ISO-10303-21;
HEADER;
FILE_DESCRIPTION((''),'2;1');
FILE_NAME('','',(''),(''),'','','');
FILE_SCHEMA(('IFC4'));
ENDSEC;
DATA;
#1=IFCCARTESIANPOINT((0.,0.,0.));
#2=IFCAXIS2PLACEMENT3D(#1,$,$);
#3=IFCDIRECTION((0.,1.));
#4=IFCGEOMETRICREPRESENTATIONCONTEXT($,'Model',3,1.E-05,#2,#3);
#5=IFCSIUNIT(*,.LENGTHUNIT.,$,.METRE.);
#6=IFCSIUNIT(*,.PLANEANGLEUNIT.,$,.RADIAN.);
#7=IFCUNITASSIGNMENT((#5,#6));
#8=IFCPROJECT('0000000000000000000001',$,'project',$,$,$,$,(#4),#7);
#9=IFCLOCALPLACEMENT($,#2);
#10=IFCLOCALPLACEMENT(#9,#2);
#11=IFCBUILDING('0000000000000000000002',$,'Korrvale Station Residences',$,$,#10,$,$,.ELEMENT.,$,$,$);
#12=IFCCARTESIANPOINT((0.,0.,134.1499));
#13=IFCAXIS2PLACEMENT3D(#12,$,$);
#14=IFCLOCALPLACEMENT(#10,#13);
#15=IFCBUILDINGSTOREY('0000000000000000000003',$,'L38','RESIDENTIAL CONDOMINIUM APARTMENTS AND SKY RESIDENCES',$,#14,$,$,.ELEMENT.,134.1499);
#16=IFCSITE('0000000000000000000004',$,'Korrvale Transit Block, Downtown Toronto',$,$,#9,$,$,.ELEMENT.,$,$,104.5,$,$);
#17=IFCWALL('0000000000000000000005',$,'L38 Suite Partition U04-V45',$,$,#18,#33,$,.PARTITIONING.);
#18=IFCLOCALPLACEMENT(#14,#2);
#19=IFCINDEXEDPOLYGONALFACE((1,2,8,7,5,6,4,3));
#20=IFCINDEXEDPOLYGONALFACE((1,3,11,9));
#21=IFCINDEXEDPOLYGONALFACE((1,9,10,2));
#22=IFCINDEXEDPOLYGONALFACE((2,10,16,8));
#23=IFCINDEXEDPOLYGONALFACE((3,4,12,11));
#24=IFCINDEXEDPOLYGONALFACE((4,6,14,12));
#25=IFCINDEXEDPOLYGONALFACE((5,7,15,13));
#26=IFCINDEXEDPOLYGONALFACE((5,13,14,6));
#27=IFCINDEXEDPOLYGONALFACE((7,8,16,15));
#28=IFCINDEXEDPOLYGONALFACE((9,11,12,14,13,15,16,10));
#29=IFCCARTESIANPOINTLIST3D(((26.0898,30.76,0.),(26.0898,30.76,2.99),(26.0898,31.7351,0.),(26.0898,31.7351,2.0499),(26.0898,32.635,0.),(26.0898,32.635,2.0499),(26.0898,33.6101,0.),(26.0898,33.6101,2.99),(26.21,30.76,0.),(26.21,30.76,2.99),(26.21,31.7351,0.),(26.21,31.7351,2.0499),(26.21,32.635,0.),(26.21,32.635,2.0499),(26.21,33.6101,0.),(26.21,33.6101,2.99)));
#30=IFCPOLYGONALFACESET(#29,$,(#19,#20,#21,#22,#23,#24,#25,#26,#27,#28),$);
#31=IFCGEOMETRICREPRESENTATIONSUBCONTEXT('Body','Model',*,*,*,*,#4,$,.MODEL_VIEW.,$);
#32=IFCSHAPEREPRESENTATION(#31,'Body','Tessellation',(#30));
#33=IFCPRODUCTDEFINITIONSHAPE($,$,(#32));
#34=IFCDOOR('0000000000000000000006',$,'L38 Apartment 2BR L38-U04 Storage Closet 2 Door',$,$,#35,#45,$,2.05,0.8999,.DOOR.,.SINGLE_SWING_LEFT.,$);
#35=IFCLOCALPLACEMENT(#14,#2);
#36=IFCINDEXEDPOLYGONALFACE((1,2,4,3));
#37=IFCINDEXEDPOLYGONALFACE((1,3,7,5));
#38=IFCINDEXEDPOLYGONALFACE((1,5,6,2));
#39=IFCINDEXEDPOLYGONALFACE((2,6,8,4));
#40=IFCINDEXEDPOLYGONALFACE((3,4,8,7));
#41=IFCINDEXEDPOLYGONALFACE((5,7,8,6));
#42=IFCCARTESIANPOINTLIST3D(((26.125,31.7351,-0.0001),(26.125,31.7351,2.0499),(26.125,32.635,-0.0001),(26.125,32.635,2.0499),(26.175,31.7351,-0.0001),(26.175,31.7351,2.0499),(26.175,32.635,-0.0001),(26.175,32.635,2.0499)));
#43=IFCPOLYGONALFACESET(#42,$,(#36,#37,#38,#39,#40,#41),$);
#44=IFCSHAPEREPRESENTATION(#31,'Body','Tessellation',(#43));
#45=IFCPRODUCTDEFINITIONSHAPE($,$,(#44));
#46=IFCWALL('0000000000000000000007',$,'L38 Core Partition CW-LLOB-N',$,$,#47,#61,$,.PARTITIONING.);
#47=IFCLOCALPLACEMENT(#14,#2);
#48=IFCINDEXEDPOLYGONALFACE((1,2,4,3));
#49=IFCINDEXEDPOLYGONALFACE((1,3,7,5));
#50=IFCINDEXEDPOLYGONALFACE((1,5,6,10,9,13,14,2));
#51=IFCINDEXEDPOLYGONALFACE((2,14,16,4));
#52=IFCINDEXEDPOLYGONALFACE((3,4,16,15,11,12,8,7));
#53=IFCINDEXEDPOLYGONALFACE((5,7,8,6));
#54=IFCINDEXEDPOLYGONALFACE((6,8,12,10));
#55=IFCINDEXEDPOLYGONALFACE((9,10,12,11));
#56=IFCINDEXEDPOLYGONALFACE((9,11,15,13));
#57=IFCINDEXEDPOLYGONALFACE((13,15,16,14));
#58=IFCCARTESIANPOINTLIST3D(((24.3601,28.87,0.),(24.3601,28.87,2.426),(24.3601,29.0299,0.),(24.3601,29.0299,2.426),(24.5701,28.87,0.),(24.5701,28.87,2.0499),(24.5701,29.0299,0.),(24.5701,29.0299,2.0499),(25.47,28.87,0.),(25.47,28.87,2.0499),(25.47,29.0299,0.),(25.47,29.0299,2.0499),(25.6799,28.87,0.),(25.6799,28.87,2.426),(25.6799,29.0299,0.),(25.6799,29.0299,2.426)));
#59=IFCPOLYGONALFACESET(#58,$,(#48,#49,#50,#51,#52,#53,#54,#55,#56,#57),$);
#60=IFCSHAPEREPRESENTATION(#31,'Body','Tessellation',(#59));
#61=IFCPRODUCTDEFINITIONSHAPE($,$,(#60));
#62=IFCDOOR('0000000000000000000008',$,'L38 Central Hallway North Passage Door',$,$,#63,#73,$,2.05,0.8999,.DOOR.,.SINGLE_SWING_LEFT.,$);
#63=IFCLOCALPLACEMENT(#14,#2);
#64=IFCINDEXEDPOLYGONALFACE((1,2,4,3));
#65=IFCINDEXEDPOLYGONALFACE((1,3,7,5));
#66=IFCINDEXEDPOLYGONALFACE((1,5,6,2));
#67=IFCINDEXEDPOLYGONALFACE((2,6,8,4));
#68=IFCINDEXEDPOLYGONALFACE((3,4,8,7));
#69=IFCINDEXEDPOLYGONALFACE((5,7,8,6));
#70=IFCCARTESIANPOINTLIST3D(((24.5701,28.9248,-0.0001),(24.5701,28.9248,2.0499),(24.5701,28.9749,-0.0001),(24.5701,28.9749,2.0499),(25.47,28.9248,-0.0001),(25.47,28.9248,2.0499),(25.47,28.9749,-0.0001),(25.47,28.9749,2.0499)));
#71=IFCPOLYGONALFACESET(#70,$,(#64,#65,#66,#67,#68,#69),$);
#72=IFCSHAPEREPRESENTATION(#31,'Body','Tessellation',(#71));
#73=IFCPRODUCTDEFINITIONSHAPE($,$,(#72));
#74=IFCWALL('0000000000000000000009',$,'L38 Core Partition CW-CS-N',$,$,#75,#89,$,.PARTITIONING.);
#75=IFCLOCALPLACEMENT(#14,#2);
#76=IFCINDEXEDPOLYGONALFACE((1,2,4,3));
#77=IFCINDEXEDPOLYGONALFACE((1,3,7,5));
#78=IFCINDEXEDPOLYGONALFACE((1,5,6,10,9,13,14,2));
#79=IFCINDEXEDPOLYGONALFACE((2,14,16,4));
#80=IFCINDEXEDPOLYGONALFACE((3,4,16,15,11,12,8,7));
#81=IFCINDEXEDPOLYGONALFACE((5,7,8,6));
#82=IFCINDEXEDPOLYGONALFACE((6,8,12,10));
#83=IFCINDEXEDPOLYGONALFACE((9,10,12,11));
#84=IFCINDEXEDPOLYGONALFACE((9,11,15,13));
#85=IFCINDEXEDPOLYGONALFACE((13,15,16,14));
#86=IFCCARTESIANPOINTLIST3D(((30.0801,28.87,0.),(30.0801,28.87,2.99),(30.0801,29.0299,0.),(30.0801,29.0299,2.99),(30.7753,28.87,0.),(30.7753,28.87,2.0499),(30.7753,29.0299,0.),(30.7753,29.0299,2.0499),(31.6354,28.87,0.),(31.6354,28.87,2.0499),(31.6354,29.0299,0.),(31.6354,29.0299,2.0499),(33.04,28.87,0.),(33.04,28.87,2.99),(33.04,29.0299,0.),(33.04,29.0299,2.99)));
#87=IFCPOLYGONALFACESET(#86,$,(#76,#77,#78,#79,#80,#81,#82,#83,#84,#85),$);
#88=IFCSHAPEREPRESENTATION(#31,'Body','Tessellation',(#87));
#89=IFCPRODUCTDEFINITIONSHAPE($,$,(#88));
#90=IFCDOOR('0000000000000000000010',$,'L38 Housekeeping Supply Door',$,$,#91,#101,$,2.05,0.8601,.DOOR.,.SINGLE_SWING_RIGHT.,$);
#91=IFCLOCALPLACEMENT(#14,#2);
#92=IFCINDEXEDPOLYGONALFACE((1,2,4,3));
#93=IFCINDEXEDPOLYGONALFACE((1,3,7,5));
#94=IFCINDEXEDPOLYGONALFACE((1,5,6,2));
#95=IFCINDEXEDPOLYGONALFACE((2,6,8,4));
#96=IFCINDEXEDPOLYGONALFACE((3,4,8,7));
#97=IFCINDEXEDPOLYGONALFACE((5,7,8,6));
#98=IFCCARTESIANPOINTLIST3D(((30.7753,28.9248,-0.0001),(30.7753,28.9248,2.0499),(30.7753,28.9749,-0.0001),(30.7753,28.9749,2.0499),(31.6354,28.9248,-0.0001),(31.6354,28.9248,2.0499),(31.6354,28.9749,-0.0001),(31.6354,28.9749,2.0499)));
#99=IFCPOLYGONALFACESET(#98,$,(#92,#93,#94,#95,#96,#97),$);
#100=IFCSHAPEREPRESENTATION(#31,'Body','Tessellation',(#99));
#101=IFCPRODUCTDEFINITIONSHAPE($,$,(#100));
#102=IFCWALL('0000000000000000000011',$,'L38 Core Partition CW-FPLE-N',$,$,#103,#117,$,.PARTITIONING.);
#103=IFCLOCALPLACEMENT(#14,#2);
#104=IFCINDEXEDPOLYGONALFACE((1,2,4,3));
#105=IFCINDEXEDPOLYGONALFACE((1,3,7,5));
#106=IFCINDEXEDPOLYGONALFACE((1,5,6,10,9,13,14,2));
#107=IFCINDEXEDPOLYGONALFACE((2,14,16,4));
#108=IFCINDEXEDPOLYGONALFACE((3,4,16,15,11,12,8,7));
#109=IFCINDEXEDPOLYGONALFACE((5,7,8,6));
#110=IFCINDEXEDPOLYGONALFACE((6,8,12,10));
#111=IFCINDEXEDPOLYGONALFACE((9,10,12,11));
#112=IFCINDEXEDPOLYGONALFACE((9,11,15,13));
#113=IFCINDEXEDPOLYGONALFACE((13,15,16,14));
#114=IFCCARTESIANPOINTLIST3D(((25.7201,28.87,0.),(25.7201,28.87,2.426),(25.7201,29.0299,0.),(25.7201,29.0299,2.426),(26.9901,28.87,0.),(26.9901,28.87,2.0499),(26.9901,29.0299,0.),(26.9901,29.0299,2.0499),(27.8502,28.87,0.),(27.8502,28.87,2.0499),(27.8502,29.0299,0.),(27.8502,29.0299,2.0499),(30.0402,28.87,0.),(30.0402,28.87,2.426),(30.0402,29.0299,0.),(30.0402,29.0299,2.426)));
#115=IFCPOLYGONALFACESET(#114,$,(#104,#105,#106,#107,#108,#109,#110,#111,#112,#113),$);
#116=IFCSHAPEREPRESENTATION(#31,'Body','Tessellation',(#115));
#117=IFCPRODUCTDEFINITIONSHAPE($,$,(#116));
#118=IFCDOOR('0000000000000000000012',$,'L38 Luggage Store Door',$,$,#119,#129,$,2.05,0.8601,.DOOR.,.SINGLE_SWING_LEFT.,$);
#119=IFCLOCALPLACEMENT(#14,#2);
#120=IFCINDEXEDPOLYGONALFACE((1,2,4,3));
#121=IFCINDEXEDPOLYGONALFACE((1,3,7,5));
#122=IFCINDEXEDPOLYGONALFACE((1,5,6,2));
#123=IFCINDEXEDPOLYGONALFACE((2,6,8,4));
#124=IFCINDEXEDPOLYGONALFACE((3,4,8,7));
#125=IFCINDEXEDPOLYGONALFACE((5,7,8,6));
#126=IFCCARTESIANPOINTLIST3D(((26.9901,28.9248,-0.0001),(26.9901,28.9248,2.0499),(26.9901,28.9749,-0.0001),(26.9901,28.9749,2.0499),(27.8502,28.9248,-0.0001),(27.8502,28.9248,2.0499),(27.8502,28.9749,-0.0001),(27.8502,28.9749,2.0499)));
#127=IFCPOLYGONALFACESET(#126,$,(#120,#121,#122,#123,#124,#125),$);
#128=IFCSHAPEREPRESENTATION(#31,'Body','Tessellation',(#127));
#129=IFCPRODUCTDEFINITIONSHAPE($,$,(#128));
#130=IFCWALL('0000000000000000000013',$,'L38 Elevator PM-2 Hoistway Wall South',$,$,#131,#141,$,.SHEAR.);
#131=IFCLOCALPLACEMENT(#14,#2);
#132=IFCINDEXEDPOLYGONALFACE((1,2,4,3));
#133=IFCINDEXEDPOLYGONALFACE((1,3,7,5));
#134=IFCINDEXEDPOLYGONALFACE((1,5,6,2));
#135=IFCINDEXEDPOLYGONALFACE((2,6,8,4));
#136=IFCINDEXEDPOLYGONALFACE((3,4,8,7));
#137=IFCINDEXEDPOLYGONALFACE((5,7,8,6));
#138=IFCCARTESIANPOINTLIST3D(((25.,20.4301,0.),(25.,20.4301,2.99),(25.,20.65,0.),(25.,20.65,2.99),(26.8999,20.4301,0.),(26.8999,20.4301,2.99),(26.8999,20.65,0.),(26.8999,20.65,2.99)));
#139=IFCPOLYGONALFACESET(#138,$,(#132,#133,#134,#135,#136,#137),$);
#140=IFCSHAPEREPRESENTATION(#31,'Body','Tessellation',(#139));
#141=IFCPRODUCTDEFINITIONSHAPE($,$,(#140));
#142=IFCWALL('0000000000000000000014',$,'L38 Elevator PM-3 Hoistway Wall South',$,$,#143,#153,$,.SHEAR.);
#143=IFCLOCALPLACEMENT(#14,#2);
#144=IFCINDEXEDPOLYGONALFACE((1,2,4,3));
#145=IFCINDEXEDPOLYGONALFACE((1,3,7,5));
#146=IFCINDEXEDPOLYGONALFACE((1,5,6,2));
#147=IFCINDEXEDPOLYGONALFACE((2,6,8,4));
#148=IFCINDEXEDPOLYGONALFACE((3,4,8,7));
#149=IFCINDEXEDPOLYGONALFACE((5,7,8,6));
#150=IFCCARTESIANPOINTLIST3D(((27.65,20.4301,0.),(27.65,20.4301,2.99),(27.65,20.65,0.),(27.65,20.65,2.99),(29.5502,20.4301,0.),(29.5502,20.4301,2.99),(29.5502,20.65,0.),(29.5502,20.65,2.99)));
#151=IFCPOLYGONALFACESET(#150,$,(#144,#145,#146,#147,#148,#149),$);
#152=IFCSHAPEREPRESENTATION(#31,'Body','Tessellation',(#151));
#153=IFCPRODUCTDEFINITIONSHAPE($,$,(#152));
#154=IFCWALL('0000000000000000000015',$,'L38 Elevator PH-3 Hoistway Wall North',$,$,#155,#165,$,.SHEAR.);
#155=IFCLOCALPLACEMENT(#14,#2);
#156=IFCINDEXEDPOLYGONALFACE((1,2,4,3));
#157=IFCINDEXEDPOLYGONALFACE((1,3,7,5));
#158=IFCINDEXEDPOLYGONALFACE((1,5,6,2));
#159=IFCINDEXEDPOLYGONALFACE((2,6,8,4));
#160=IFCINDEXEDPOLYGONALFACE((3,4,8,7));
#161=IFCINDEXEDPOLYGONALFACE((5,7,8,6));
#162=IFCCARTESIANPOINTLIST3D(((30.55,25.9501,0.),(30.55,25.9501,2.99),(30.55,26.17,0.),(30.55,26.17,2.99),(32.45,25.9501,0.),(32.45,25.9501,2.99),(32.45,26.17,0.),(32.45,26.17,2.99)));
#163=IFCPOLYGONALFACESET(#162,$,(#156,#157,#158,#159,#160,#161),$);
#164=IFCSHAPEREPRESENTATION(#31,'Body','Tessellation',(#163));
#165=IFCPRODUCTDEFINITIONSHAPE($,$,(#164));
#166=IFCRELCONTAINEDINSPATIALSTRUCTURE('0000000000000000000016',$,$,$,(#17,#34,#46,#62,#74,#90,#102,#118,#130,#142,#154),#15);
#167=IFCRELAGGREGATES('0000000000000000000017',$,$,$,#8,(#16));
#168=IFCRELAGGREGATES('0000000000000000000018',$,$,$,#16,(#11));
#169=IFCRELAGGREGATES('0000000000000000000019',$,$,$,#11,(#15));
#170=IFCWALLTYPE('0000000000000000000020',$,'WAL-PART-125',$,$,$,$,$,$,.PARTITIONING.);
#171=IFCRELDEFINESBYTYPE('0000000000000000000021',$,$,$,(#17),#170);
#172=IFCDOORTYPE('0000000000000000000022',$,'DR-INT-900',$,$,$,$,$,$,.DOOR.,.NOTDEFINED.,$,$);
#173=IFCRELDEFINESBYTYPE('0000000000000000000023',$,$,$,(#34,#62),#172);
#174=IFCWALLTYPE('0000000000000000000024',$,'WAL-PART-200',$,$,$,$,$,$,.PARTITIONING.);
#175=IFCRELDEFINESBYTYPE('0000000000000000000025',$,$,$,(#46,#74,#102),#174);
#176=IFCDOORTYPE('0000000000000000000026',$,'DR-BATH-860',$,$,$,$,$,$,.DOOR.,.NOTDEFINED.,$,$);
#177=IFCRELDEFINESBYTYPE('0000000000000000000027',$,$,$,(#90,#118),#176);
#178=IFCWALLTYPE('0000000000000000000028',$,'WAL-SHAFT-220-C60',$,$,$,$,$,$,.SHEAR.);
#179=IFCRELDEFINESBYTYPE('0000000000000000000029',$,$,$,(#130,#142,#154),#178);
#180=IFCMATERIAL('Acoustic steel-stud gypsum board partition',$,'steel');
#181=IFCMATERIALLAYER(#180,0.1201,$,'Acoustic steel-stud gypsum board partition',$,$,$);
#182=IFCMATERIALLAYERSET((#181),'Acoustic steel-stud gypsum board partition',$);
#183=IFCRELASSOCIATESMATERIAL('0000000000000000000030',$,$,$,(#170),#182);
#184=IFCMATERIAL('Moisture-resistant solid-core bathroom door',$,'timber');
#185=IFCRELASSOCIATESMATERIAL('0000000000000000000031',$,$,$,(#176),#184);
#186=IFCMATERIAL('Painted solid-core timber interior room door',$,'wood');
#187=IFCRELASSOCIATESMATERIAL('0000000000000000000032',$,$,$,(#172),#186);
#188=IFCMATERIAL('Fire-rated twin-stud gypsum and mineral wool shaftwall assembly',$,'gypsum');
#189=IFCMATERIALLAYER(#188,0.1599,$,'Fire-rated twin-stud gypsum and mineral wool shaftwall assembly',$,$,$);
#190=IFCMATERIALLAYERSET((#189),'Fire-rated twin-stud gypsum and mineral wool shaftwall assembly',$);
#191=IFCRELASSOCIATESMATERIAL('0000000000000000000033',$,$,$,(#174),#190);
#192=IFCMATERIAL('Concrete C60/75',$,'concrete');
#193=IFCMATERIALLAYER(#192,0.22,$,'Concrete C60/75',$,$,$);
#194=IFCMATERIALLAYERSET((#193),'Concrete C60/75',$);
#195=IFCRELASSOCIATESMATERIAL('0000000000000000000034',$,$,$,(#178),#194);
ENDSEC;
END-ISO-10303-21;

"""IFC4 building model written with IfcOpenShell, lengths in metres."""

from ifc_helpers import new_model, si_unit, direction, frame, frame_2d, origin, place, context, subcontext, project, spatial, rectangle, extrude, material, layer, layer_set, type_object, element, fill, save


model = new_model("IFC4")

# Units and contexts
model_context = context("Model", 3, precision=1e-05, world=origin(), true_north=direction((0.0, 1.0)))
body_context = subcontext(model_context, "Body", "Model", "MODEL_VIEW")
ifc_project = project(units=[si_unit("LENGTHUNIT", "METRE"), si_unit("PLANEANGLEUNIT", "RADIAN")], contexts=[model_context])

# Site, building, storey
site_placement = place(None, origin())
site = spatial("IfcSite", under=ifc_project, at=site_placement, Name="Korrvale Transit Block, Downtown Toronto", CompositionType="ELEMENT", RefElevation=104.5)
building_placement = place(site_placement, origin())
building = spatial("IfcBuilding", under=site, at=building_placement, Name="Korrvale Station Residences", CompositionType="ELEMENT")
storey_placement = place(building_placement, frame((0.0, 0.0, 134.1499)))
storey = spatial("IfcBuildingStorey", under=building, at=storey_placement, Name="L38", Description="RESIDENTIAL CONDOMINIUM APARTMENTS AND SKY RESIDENCES", CompositionType="ELEMENT", Elevation=134.1499)

# Shared definitions
ifc_material_1 = material(Name="Concrete C60/75", Category="concrete")

# Shared definitions
ifc_material_2 = material(Name="Acoustic steel-stud gypsum board partition", Category="steel")
ifc_layer_1 = layer(ifc_material_2, 0.1201, Name="Acoustic steel-stud gypsum board partition")
ifc_layer_set_1 = layer_set([ifc_layer_1], Name="Acoustic steel-stud gypsum board partition")
wall_type_1 = type_object("IfcWallType", Name="WAL-PART-125", PredefinedType="PARTITIONING", material=ifc_layer_set_1)

# Shared definitions
ifc_material_3 = material(Name="Moisture-resistant solid-core bathroom door", Category="timber")
door_type_1 = type_object("IfcDoorType", Name="DR-BATH-860", OperationType="NOTDEFINED", PredefinedType="DOOR", material=ifc_material_3)

# Walls, openings, doors
ifc_material_4 = material(Name="Painted solid-core timber interior room door", Category="wood")
door_type_2 = type_object("IfcDoorType", Name="DR-INT-900", OperationType="NOTDEFINED", PredefinedType="DOOR", material=ifc_material_4)
wall_1_placement = place(storey_placement, frame((26.1499, 30.76, 0.0), z_axis=(0.0, 0.0, 1.0), x_axis=(0.0, 1.0, 0.0)))
wall_1 = element("IfcWall", 1, at=wall_1_placement, inside=storey, type_object=wall_type_1, Name="L38 Suite Partition U04-V45", PredefinedType="PARTITIONING", context=body_context, shape_type="SweptSolid", body=[
    extrude(rectangle(XDim=2.8501, YDim=0.1201, at=frame_2d((1.425, 0.0))), origin(), (0.0, 0.0, 1.0), 2.99),
])
opening_1_placement = place(wall_1_placement, frame((0.9751, 0.0, 0.0)))
opening_1 = element("IfcOpeningElement", 2, at=opening_1_placement, cuts=wall_1, PredefinedType="OPENING", context=body_context, shape_type="SweptSolid", body=[
    extrude(rectangle(XDim=0.8999, YDim=2.05, at=frame_2d((0.45, 1.0249))), frame((0.0, 0.0701, 0.0), z_axis=(0.0, -1.0, 0.0), x_axis=(1.0, 0.0, 0.0)), (0.0, 0.0, 1.0), 0.1401),
])
door_1_placement = place(opening_1_placement, origin())
door_1 = element("IfcDoor", 3, at=door_1_placement, inside=storey, type_object=door_type_2, Name="L38 Apartment 2BR L38-U04 Storage Closet 2 Door", OperationType="SINGLE_SWING_LEFT", OverallHeight=2.05, OverallWidth=0.8999, PredefinedType="DOOR", context=body_context, shape_type="SweptSolid", body=[
    extrude(rectangle(XDim=0.8999, YDim=2.05, at=frame_2d((0.45, 1.0249))), frame((0.0, 0.0249, 0.0), z_axis=(0.0, -1.0, 0.0), x_axis=(1.0, 0.0, 0.0)), (0.0, 0.0, 1.0), 0.05),
])
fill(opening_1, door_1)
ifc_material_5 = material(Name="Fire-rated twin-stud gypsum and mineral wool shaftwall assembly", Category="gypsum")
ifc_layer_2 = layer(ifc_material_5, 0.1599, Name="Fire-rated twin-stud gypsum and mineral wool shaftwall assembly")
ifc_layer_set_2 = layer_set([ifc_layer_2], Name="Fire-rated twin-stud gypsum and mineral wool shaftwall assembly")
wall_type_2 = type_object("IfcWallType", Name="WAL-PART-200", PredefinedType="PARTITIONING", material=ifc_layer_set_2)
wall_2_placement = place(storey_placement, frame((24.3601, 28.95, 0.0), z_axis=(0.0, 0.0, 1.0), x_axis=(1.0, 0.0, 0.0)))
wall_2 = element("IfcWall", 4, at=wall_2_placement, inside=storey, type_object=wall_type_2, Name="L38 Core Partition CW-LLOB-N", PredefinedType="PARTITIONING", context=body_context, shape_type="SweptSolid", body=[
    extrude(rectangle(XDim=1.3198, YDim=0.1599, at=frame_2d((0.6599, 0.0))), origin(), (0.0, 0.0, 1.0), 2.426),
])
opening_2_placement = place(wall_2_placement, frame((0.21, 0.0, 0.0)))
opening_2 = element("IfcOpeningElement", 5, at=opening_2_placement, cuts=wall_2, PredefinedType="OPENING", context=body_context, shape_type="SweptSolid", body=[
    extrude(rectangle(XDim=0.8999, YDim=2.05, at=frame_2d((0.45, 1.0249))), frame((0.0, 0.0898, 0.0), z_axis=(0.0, -1.0, 0.0), x_axis=(1.0, 0.0, 0.0)), (0.0, 0.0, 1.0), 0.1799),
])
door_2_placement = place(opening_2_placement, origin())
door_2 = element("IfcDoor", 6, at=door_2_placement, inside=storey, type_object=door_type_2, Name="L38 Central Hallway North Passage Door", OperationType="SINGLE_SWING_LEFT", OverallHeight=2.05, OverallWidth=0.8999, PredefinedType="DOOR", context=body_context, shape_type="SweptSolid", body=[
    extrude(rectangle(XDim=0.8999, YDim=2.05, at=frame_2d((0.45, 1.0249))), frame((0.0, 0.0249, 0.0), z_axis=(0.0, -1.0, 0.0), x_axis=(1.0, 0.0, 0.0)), (0.0, 0.0, 1.0), 0.05),
])
fill(opening_2, door_2)
wall_3_placement = place(storey_placement, frame((30.0801, 28.95, 0.0), z_axis=(0.0, 0.0, 1.0), x_axis=(1.0, 0.0, 0.0)))
wall_3 = element("IfcWall", 7, at=wall_3_placement, inside=storey, type_object=wall_type_2, Name="L38 Core Partition CW-CS-N", PredefinedType="PARTITIONING", context=body_context, shape_type="SweptSolid", body=[
    extrude(rectangle(XDim=2.96, YDim=0.1599, at=frame_2d((1.48, 0.0))), origin(), (0.0, 0.0, 1.0), 2.99),
])
opening_3_placement = place(wall_3_placement, frame((0.6951, 0.0, 0.0)))
opening_3 = element("IfcOpeningElement", 8, at=opening_3_placement, cuts=wall_3, PredefinedType="OPENING", context=body_context, shape_type="SweptSolid", body=[
    extrude(rectangle(XDim=0.8601, YDim=2.05, at=frame_2d((0.4302, 1.0249))), frame((0.0, 0.0898, 0.0), z_axis=(0.0, -1.0, 0.0), x_axis=(1.0, 0.0, 0.0)), (0.0, 0.0, 1.0), 0.1799),
])
door_3_placement = place(opening_3_placement, origin())
door_3 = element("IfcDoor", 9, at=door_3_placement, inside=storey, type_object=door_type_1, Name="L38 Housekeeping Supply Door", OperationType="SINGLE_SWING_RIGHT", OverallHeight=2.05, OverallWidth=0.8601, PredefinedType="DOOR", context=body_context, shape_type="SweptSolid", body=[
    extrude(rectangle(XDim=0.8601, YDim=2.05, at=frame_2d((0.4302, 1.0249))), frame((0.0, 0.0249, 0.0), z_axis=(0.0, -1.0, 0.0), x_axis=(1.0, 0.0, 0.0)), (0.0, 0.0, 1.0), 0.05),
])
fill(opening_3, door_3)
wall_4_placement = place(storey_placement, frame((25.72, 28.95, 0.0), z_axis=(0.0, 0.0, 1.0), x_axis=(1.0, 0.0, 0.0)))
wall_4 = element("IfcWall", 10, at=wall_4_placement, inside=storey, type_object=wall_type_2, Name="L38 Core Partition CW-FPLE-N", PredefinedType="PARTITIONING", context=body_context, shape_type="SweptSolid", body=[
    extrude(rectangle(XDim=4.3201, YDim=0.1599, at=frame_2d((2.1602, 0.0))), origin(), (0.0, 0.0, 1.0), 2.426),
])
opening_4_placement = place(wall_4_placement, frame((1.27, 0.0, 0.0)))
opening_4 = element("IfcOpeningElement", 11, at=opening_4_placement, cuts=wall_4, PredefinedType="OPENING", context=body_context, shape_type="SweptSolid", body=[
    extrude(rectangle(XDim=0.8601, YDim=2.05, at=frame_2d((0.4302, 1.0249))), frame((0.0, 0.0898, 0.0), z_axis=(0.0, -1.0, 0.0), x_axis=(1.0, 0.0, 0.0)), (0.0, 0.0, 1.0), 0.1799),
])
door_4_placement = place(opening_4_placement, origin())
door_4 = element("IfcDoor", 12, at=door_4_placement, inside=storey, type_object=door_type_1, Name="L38 Luggage Store Door", OperationType="SINGLE_SWING_LEFT", OverallHeight=2.05, OverallWidth=0.8601, PredefinedType="DOOR", context=body_context, shape_type="SweptSolid", body=[
    extrude(rectangle(XDim=0.8601, YDim=2.05, at=frame_2d((0.4302, 1.0249))), frame((0.0, 0.0249, 0.0), z_axis=(0.0, -1.0, 0.0), x_axis=(1.0, 0.0, 0.0)), (0.0, 0.0, 1.0), 0.05),
])
fill(opening_4, door_4)

# Wall
ifc_layer_3 = layer(ifc_material_1, 0.22, Name="Concrete C60/75")
ifc_layer_set_3 = layer_set([ifc_layer_3], Name="Concrete C60/75")
wall_type_3 = type_object("IfcWallType", Name="WAL-SHAFT-220-C60", PredefinedType="SHEAR", material=ifc_layer_set_3)
wall_5_placement = place(storey_placement, frame((25.0, 20.54, 0.0), z_axis=(0.0, 0.0, 1.0), x_axis=(1.0, 0.0, 0.0)))
element("IfcWall", 13, at=wall_5_placement, inside=storey, type_object=wall_type_3, Name="L38 Elevator PM-2 Hoistway Wall South", PredefinedType="SHEAR", context=body_context, shape_type="SweptSolid", body=[
    extrude(rectangle(XDim=1.8999, YDim=0.22, at=frame_2d((0.95, 0.0))), origin(), (0.0, 0.0, 1.0), 2.99),
])

# Wall
wall_6_placement = place(storey_placement, frame((27.6499, 20.54, 0.0), z_axis=(0.0, 0.0, 1.0), x_axis=(1.0, 0.0, 0.0)))
element("IfcWall", 14, at=wall_6_placement, inside=storey, type_object=wall_type_3, Name="L38 Elevator PM-3 Hoistway Wall South", PredefinedType="SHEAR", context=body_context, shape_type="SweptSolid", body=[
    extrude(rectangle(XDim=1.9001, YDim=0.22, at=frame_2d((0.9502, 0.0))), origin(), (0.0, 0.0, 1.0), 2.99),
])

# Wall
wall_7_placement = place(storey_placement, frame((30.55, 26.0601, 0.0), z_axis=(0.0, 0.0, 1.0), x_axis=(1.0, 0.0, 0.0)))
element("IfcWall", 15, at=wall_7_placement, inside=storey, type_object=wall_type_3, Name="L38 Elevator PH-3 Hoistway Wall North", PredefinedType="SHEAR", context=body_context, shape_type="SweptSolid", body=[
    extrude(rectangle(XDim=1.8999, YDim=0.22, at=frame_2d((0.95, 0.0))), origin(), (0.0, 0.0, 1.0), 2.99),
])

save(model, "model.ifc")
